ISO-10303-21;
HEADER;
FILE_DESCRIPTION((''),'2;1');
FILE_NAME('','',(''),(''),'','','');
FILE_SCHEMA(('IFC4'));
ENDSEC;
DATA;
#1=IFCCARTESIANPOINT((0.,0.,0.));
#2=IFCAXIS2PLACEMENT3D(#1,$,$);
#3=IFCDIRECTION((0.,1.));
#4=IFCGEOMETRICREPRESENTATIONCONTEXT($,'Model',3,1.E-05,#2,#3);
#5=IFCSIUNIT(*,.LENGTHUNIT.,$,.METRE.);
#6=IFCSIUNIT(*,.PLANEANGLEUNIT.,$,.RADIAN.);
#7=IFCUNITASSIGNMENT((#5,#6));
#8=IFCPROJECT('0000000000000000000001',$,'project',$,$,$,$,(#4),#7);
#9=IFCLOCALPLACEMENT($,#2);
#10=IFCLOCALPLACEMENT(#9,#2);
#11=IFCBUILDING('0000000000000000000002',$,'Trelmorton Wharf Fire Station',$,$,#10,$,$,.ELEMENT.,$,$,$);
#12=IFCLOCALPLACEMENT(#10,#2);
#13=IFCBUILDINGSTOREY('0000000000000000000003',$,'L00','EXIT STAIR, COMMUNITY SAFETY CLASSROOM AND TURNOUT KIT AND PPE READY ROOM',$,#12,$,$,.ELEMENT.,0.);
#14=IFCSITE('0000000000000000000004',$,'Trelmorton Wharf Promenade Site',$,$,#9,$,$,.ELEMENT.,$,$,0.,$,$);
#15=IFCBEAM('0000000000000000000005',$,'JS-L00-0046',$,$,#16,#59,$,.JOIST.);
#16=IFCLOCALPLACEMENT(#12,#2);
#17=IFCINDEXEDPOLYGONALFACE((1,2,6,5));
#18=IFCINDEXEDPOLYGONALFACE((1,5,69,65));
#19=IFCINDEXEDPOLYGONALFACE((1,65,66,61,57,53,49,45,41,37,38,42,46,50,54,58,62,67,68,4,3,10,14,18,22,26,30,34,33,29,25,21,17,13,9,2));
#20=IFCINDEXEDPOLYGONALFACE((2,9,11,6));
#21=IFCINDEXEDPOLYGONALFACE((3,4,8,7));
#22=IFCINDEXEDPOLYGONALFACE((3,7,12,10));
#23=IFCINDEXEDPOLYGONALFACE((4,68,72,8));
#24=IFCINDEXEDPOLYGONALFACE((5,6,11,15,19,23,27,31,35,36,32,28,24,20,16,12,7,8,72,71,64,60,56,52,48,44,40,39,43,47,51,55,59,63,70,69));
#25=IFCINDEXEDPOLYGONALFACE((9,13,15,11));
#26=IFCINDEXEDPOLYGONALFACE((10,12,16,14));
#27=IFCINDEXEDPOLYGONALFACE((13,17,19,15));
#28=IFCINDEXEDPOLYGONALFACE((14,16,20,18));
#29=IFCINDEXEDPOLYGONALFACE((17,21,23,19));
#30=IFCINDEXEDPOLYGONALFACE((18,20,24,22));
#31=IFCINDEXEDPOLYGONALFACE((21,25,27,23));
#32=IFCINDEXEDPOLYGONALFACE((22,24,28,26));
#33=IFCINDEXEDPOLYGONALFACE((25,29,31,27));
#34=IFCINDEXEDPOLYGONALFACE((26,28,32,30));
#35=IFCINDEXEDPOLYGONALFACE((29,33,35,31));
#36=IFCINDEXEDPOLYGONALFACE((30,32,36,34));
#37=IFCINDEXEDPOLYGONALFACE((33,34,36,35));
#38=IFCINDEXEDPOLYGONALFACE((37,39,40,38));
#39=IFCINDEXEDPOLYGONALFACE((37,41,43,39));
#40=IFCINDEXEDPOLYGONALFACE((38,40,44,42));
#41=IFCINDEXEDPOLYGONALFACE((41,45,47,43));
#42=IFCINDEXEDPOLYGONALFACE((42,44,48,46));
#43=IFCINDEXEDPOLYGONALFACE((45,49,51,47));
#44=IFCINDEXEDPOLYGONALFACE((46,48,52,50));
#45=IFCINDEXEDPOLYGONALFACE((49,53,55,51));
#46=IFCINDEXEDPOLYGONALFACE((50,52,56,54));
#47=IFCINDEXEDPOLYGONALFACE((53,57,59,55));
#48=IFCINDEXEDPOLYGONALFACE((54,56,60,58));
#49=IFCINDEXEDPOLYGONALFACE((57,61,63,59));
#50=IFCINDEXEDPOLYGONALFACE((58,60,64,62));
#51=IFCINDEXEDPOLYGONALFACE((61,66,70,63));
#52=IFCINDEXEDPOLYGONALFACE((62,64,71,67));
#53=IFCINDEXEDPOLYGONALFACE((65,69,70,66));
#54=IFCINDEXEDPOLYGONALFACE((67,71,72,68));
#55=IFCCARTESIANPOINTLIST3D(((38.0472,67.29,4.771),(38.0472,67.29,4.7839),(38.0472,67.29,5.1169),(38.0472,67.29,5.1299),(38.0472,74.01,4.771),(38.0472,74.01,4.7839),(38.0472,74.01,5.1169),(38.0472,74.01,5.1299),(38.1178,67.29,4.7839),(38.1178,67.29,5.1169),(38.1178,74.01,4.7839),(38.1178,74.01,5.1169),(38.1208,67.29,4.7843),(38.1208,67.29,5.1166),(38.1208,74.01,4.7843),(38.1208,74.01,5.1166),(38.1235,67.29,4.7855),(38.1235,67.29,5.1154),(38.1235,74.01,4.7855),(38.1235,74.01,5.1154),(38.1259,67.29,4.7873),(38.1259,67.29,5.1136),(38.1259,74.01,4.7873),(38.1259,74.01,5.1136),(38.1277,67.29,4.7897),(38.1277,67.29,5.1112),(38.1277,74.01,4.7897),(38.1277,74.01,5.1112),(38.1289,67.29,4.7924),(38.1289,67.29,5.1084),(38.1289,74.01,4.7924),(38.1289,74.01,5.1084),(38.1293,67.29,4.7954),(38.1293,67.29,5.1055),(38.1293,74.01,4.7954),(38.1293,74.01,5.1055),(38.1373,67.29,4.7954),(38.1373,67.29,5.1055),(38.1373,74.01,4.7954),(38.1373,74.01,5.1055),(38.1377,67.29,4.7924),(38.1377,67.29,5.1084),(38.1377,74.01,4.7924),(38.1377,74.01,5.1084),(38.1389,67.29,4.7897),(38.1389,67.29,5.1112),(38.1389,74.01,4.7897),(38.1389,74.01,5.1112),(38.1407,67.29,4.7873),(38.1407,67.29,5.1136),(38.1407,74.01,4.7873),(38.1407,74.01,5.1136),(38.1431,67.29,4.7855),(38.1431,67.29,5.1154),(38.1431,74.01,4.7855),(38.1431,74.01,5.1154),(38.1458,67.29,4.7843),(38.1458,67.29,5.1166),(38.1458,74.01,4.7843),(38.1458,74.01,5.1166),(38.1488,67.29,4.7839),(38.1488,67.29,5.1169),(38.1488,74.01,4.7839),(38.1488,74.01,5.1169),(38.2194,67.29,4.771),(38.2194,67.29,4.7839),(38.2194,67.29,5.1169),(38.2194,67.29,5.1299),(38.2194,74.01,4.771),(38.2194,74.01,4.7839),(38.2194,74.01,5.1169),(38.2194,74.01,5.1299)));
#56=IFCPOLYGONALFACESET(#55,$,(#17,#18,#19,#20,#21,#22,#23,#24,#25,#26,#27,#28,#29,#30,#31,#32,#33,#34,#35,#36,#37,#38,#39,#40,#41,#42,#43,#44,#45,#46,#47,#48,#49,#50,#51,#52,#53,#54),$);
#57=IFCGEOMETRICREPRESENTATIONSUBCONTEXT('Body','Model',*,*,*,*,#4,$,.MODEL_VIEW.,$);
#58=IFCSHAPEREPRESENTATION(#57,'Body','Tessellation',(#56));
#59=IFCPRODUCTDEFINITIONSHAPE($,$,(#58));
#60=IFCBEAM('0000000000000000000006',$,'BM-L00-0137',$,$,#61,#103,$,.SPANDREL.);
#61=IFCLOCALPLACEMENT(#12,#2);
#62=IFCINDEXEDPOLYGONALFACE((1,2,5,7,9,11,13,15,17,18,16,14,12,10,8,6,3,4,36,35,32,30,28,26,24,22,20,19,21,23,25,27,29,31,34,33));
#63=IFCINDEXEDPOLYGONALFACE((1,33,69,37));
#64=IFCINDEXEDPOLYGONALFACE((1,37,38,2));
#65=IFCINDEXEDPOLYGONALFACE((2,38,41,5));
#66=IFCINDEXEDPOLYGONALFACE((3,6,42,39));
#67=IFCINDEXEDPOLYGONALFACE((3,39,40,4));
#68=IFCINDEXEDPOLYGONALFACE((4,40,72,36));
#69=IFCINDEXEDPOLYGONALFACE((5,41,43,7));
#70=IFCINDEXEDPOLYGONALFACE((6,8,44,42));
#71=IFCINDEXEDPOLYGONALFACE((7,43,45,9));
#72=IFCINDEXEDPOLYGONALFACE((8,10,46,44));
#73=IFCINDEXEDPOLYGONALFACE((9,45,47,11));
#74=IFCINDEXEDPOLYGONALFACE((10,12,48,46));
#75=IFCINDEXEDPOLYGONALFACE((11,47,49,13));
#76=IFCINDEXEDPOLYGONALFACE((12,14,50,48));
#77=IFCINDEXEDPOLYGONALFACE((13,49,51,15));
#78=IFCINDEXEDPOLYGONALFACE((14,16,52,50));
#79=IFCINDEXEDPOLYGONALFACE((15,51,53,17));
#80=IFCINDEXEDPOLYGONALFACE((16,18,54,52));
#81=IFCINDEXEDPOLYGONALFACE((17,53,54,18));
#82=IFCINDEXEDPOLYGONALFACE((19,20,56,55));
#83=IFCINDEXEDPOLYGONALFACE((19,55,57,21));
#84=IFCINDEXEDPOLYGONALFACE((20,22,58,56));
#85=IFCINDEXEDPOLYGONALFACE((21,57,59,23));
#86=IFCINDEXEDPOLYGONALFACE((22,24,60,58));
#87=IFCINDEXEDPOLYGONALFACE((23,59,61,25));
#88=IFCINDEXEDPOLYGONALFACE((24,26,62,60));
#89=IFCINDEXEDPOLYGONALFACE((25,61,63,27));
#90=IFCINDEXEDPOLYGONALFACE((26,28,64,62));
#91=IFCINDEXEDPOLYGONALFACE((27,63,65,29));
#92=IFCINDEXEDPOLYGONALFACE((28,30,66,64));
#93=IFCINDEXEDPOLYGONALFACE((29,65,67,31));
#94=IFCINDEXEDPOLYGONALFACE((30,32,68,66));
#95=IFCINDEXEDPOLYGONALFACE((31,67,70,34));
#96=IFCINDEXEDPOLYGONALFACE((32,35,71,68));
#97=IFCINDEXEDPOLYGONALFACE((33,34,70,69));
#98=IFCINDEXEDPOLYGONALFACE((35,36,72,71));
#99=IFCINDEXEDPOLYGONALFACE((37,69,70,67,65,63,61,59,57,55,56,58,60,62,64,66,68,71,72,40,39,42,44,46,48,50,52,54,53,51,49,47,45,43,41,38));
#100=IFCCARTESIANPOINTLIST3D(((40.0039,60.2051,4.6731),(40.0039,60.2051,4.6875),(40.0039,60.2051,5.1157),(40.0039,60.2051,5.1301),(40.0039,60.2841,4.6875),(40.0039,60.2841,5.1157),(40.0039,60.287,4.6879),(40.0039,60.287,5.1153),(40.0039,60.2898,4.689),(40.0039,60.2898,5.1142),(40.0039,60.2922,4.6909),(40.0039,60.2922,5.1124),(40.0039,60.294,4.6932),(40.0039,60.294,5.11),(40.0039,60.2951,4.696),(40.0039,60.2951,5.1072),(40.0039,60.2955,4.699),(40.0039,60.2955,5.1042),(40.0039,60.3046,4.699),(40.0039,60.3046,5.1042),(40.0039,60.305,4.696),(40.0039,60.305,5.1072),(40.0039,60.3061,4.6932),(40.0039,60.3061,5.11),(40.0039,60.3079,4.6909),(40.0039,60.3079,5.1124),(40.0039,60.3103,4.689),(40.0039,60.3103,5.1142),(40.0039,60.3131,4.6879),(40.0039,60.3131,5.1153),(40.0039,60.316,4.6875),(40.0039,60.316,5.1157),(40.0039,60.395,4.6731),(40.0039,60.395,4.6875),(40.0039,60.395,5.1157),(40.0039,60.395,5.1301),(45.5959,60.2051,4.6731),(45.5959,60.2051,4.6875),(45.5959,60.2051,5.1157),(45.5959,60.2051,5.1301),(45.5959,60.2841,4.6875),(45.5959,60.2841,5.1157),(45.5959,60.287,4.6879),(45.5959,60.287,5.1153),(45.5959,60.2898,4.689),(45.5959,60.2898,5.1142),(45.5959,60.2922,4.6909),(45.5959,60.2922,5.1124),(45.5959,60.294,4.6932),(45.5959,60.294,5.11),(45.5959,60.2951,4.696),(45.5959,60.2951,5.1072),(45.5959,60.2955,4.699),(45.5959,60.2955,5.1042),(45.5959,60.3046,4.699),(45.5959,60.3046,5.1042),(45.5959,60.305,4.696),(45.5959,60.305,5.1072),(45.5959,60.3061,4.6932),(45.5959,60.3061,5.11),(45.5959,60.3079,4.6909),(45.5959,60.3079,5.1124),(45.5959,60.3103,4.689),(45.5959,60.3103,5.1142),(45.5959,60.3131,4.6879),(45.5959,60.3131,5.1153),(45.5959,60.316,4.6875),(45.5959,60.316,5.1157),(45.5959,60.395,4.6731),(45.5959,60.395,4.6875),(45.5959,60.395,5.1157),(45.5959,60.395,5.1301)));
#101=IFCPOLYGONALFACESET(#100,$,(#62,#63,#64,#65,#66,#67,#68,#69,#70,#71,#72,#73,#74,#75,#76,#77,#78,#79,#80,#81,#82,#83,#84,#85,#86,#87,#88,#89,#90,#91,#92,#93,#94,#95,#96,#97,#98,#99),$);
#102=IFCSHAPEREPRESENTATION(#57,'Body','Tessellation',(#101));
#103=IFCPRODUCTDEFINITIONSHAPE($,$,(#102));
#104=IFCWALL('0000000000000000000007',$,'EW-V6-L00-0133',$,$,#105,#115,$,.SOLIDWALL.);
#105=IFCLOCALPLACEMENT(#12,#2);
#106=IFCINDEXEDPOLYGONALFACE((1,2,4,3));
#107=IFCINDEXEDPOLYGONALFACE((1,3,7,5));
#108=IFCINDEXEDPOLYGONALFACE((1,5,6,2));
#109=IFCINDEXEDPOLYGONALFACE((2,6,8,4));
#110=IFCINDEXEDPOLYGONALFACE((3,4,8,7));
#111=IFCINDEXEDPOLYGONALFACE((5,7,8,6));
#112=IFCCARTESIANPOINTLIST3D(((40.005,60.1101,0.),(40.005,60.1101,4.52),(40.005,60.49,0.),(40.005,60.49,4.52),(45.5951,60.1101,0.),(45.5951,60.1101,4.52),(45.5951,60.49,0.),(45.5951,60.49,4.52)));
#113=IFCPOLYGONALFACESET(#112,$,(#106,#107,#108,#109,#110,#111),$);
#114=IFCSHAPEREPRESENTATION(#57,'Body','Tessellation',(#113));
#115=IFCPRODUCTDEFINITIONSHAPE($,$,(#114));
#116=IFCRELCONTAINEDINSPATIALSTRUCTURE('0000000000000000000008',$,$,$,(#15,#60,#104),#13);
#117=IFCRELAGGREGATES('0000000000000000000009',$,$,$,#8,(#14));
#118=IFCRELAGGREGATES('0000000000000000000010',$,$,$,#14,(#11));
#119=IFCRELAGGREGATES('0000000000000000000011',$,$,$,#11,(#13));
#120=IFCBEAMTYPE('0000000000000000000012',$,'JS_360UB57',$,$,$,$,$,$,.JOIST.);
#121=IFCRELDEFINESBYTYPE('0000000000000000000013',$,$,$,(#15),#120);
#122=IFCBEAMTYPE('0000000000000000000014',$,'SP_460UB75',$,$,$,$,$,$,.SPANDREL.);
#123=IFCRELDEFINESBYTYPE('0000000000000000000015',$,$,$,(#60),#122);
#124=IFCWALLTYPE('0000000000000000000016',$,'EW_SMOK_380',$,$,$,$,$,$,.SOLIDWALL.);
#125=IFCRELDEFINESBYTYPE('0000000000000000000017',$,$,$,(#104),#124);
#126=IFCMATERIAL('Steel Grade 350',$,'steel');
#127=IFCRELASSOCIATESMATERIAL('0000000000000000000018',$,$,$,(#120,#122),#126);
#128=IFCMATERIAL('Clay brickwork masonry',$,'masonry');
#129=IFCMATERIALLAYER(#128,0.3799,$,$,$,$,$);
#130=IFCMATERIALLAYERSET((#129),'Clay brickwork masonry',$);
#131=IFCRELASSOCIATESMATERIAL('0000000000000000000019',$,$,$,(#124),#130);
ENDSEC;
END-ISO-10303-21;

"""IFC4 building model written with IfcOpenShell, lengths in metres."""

from ifc_helpers import new_model, si_unit, direction, frame, frame_2d, origin, origin_2d, place, context, subcontext, project, spatial, rectangle, i_section, extrude, material, layer, layer_set, material_profile, profile_set, type_object, element, save


model = new_model("IFC4")

# Units and contexts
model_context = context("Model", 3, precision=1e-05, world=origin(), true_north=direction((0.0, 1.0)))
body_context = subcontext(model_context, "Body", "Model", "MODEL_VIEW")
ifc_project = project(units=[si_unit("LENGTHUNIT", "METRE"), si_unit("PLANEANGLEUNIT", "RADIAN")], contexts=[model_context])

# Site, building, storey
site_placement = place(None, origin())
site = spatial("IfcSite", under=ifc_project, at=site_placement, Name="Trelmorton Wharf Promenade Site", CompositionType="ELEMENT", RefElevation=0.0)
building_placement = place(site_placement, origin())
building = spatial("IfcBuilding", under=site, at=building_placement, Name="Trelmorton Wharf Fire Station", CompositionType="ELEMENT")
storey_placement = place(building_placement, origin())
storey = spatial("IfcBuildingStorey", under=building, at=storey_placement, Name="L00", Description="EXIT STAIR, COMMUNITY SAFETY CLASSROOM AND TURNOUT KIT AND PPE READY ROOM", CompositionType="ELEMENT", Elevation=0.0)

# Shared definitions
ifc_material_1 = material(Name="Steel Grade 350", Category="steel")

# Beams
ifc_material_profile_1 = material_profile(ifc_material_1, i_section(OverallWidth=0.1721, OverallDepth=0.3589, WebThickness=0.0081, FlangeThickness=0.0129, FilletRadius=0.0115, at=origin_2d()), Name="360UB56.7")
ifc_profile_set_1 = profile_set([ifc_material_profile_1], Name="Steel Grade 350")
beam_type_1 = type_object("IfcBeamType", Name="JS_360UB57", PredefinedType="JOIST", material=ifc_profile_set_1)
for number, where, z_axis, x_axis, name in (
    (1, (38.1333, 67.29, 4.9504), (0.0, 1.0, 0.0), (-1.0, 0.0, 0.0), "JS-L00-0046"),
):
    element("IfcBeam", number, at=place(storey_placement, frame(where, z_axis=z_axis, x_axis=x_axis)), inside=storey, type_object=beam_type_1, Name=name, PredefinedType="JOIST", context=body_context, shape_type="SweptSolid", body=[
        extrude(i_section(OverallWidth=0.1721, OverallDepth=0.3589, WebThickness=0.0081, FlangeThickness=0.0129, FilletRadius=0.0115, at=origin_2d()), origin(), (0.0, 0.0, 1.0), 6.72),
    ])
ifc_material_profile_2 = material_profile(ifc_material_1, i_section(OverallWidth=0.1899, OverallDepth=0.457, WebThickness=0.009, FlangeThickness=0.0144, FilletRadius=0.0115, at=origin_2d()), Name="460UB74.6")
ifc_profile_set_2 = profile_set([ifc_material_profile_2], Name="Steel Grade 350")
beam_type_2 = type_object("IfcBeamType", Name="SP_460UB75", PredefinedType="SPANDREL", material=ifc_profile_set_2)
beam_1_placement = place(storey_placement, frame((40.0039, 60.3, 4.9016), z_axis=(1.0, 0.0, 0.0), x_axis=(0.0, 1.0, 0.0)))
element("IfcBeam", 2, at=beam_1_placement, inside=storey, type_object=beam_type_2, Name="BM-L00-0137", PredefinedType="SPANDREL", context=body_context, shape_type="SweptSolid", body=[
    extrude(i_section(OverallWidth=0.1899, OverallDepth=0.457, WebThickness=0.009, FlangeThickness=0.0144, FilletRadius=0.0115, at=origin_2d()), origin(), (0.0, 0.0, 1.0), 5.592),
])

# Wall
ifc_material_2 = material(Name="Clay brickwork masonry", Category="masonry")
ifc_layer = layer(ifc_material_2, 0.3799)
ifc_layer_set = layer_set([ifc_layer], Name="Clay brickwork masonry")
wall_type = type_object("IfcWallType", Name="EW_SMOK_380", PredefinedType="SOLIDWALL", material=ifc_layer_set)
wall_placement = place(storey_placement, frame((45.595, 60.3, 0.0), z_axis=(0.0, 0.0, 1.0), x_axis=(-1.0, 0.0, 0.0)))
element("IfcWall", 3, at=wall_placement, inside=storey, type_object=wall_type, Name="EW-V6-L00-0133", PredefinedType="SOLIDWALL", context=body_context, shape_type="SweptSolid", body=[
    extrude(rectangle(XDim=5.5901, YDim=0.3799, at=frame_2d((2.7949, 0.0))), origin(), (0.0, 0.0, 1.0), 4.52),
])

save(model, "model.ifc")
